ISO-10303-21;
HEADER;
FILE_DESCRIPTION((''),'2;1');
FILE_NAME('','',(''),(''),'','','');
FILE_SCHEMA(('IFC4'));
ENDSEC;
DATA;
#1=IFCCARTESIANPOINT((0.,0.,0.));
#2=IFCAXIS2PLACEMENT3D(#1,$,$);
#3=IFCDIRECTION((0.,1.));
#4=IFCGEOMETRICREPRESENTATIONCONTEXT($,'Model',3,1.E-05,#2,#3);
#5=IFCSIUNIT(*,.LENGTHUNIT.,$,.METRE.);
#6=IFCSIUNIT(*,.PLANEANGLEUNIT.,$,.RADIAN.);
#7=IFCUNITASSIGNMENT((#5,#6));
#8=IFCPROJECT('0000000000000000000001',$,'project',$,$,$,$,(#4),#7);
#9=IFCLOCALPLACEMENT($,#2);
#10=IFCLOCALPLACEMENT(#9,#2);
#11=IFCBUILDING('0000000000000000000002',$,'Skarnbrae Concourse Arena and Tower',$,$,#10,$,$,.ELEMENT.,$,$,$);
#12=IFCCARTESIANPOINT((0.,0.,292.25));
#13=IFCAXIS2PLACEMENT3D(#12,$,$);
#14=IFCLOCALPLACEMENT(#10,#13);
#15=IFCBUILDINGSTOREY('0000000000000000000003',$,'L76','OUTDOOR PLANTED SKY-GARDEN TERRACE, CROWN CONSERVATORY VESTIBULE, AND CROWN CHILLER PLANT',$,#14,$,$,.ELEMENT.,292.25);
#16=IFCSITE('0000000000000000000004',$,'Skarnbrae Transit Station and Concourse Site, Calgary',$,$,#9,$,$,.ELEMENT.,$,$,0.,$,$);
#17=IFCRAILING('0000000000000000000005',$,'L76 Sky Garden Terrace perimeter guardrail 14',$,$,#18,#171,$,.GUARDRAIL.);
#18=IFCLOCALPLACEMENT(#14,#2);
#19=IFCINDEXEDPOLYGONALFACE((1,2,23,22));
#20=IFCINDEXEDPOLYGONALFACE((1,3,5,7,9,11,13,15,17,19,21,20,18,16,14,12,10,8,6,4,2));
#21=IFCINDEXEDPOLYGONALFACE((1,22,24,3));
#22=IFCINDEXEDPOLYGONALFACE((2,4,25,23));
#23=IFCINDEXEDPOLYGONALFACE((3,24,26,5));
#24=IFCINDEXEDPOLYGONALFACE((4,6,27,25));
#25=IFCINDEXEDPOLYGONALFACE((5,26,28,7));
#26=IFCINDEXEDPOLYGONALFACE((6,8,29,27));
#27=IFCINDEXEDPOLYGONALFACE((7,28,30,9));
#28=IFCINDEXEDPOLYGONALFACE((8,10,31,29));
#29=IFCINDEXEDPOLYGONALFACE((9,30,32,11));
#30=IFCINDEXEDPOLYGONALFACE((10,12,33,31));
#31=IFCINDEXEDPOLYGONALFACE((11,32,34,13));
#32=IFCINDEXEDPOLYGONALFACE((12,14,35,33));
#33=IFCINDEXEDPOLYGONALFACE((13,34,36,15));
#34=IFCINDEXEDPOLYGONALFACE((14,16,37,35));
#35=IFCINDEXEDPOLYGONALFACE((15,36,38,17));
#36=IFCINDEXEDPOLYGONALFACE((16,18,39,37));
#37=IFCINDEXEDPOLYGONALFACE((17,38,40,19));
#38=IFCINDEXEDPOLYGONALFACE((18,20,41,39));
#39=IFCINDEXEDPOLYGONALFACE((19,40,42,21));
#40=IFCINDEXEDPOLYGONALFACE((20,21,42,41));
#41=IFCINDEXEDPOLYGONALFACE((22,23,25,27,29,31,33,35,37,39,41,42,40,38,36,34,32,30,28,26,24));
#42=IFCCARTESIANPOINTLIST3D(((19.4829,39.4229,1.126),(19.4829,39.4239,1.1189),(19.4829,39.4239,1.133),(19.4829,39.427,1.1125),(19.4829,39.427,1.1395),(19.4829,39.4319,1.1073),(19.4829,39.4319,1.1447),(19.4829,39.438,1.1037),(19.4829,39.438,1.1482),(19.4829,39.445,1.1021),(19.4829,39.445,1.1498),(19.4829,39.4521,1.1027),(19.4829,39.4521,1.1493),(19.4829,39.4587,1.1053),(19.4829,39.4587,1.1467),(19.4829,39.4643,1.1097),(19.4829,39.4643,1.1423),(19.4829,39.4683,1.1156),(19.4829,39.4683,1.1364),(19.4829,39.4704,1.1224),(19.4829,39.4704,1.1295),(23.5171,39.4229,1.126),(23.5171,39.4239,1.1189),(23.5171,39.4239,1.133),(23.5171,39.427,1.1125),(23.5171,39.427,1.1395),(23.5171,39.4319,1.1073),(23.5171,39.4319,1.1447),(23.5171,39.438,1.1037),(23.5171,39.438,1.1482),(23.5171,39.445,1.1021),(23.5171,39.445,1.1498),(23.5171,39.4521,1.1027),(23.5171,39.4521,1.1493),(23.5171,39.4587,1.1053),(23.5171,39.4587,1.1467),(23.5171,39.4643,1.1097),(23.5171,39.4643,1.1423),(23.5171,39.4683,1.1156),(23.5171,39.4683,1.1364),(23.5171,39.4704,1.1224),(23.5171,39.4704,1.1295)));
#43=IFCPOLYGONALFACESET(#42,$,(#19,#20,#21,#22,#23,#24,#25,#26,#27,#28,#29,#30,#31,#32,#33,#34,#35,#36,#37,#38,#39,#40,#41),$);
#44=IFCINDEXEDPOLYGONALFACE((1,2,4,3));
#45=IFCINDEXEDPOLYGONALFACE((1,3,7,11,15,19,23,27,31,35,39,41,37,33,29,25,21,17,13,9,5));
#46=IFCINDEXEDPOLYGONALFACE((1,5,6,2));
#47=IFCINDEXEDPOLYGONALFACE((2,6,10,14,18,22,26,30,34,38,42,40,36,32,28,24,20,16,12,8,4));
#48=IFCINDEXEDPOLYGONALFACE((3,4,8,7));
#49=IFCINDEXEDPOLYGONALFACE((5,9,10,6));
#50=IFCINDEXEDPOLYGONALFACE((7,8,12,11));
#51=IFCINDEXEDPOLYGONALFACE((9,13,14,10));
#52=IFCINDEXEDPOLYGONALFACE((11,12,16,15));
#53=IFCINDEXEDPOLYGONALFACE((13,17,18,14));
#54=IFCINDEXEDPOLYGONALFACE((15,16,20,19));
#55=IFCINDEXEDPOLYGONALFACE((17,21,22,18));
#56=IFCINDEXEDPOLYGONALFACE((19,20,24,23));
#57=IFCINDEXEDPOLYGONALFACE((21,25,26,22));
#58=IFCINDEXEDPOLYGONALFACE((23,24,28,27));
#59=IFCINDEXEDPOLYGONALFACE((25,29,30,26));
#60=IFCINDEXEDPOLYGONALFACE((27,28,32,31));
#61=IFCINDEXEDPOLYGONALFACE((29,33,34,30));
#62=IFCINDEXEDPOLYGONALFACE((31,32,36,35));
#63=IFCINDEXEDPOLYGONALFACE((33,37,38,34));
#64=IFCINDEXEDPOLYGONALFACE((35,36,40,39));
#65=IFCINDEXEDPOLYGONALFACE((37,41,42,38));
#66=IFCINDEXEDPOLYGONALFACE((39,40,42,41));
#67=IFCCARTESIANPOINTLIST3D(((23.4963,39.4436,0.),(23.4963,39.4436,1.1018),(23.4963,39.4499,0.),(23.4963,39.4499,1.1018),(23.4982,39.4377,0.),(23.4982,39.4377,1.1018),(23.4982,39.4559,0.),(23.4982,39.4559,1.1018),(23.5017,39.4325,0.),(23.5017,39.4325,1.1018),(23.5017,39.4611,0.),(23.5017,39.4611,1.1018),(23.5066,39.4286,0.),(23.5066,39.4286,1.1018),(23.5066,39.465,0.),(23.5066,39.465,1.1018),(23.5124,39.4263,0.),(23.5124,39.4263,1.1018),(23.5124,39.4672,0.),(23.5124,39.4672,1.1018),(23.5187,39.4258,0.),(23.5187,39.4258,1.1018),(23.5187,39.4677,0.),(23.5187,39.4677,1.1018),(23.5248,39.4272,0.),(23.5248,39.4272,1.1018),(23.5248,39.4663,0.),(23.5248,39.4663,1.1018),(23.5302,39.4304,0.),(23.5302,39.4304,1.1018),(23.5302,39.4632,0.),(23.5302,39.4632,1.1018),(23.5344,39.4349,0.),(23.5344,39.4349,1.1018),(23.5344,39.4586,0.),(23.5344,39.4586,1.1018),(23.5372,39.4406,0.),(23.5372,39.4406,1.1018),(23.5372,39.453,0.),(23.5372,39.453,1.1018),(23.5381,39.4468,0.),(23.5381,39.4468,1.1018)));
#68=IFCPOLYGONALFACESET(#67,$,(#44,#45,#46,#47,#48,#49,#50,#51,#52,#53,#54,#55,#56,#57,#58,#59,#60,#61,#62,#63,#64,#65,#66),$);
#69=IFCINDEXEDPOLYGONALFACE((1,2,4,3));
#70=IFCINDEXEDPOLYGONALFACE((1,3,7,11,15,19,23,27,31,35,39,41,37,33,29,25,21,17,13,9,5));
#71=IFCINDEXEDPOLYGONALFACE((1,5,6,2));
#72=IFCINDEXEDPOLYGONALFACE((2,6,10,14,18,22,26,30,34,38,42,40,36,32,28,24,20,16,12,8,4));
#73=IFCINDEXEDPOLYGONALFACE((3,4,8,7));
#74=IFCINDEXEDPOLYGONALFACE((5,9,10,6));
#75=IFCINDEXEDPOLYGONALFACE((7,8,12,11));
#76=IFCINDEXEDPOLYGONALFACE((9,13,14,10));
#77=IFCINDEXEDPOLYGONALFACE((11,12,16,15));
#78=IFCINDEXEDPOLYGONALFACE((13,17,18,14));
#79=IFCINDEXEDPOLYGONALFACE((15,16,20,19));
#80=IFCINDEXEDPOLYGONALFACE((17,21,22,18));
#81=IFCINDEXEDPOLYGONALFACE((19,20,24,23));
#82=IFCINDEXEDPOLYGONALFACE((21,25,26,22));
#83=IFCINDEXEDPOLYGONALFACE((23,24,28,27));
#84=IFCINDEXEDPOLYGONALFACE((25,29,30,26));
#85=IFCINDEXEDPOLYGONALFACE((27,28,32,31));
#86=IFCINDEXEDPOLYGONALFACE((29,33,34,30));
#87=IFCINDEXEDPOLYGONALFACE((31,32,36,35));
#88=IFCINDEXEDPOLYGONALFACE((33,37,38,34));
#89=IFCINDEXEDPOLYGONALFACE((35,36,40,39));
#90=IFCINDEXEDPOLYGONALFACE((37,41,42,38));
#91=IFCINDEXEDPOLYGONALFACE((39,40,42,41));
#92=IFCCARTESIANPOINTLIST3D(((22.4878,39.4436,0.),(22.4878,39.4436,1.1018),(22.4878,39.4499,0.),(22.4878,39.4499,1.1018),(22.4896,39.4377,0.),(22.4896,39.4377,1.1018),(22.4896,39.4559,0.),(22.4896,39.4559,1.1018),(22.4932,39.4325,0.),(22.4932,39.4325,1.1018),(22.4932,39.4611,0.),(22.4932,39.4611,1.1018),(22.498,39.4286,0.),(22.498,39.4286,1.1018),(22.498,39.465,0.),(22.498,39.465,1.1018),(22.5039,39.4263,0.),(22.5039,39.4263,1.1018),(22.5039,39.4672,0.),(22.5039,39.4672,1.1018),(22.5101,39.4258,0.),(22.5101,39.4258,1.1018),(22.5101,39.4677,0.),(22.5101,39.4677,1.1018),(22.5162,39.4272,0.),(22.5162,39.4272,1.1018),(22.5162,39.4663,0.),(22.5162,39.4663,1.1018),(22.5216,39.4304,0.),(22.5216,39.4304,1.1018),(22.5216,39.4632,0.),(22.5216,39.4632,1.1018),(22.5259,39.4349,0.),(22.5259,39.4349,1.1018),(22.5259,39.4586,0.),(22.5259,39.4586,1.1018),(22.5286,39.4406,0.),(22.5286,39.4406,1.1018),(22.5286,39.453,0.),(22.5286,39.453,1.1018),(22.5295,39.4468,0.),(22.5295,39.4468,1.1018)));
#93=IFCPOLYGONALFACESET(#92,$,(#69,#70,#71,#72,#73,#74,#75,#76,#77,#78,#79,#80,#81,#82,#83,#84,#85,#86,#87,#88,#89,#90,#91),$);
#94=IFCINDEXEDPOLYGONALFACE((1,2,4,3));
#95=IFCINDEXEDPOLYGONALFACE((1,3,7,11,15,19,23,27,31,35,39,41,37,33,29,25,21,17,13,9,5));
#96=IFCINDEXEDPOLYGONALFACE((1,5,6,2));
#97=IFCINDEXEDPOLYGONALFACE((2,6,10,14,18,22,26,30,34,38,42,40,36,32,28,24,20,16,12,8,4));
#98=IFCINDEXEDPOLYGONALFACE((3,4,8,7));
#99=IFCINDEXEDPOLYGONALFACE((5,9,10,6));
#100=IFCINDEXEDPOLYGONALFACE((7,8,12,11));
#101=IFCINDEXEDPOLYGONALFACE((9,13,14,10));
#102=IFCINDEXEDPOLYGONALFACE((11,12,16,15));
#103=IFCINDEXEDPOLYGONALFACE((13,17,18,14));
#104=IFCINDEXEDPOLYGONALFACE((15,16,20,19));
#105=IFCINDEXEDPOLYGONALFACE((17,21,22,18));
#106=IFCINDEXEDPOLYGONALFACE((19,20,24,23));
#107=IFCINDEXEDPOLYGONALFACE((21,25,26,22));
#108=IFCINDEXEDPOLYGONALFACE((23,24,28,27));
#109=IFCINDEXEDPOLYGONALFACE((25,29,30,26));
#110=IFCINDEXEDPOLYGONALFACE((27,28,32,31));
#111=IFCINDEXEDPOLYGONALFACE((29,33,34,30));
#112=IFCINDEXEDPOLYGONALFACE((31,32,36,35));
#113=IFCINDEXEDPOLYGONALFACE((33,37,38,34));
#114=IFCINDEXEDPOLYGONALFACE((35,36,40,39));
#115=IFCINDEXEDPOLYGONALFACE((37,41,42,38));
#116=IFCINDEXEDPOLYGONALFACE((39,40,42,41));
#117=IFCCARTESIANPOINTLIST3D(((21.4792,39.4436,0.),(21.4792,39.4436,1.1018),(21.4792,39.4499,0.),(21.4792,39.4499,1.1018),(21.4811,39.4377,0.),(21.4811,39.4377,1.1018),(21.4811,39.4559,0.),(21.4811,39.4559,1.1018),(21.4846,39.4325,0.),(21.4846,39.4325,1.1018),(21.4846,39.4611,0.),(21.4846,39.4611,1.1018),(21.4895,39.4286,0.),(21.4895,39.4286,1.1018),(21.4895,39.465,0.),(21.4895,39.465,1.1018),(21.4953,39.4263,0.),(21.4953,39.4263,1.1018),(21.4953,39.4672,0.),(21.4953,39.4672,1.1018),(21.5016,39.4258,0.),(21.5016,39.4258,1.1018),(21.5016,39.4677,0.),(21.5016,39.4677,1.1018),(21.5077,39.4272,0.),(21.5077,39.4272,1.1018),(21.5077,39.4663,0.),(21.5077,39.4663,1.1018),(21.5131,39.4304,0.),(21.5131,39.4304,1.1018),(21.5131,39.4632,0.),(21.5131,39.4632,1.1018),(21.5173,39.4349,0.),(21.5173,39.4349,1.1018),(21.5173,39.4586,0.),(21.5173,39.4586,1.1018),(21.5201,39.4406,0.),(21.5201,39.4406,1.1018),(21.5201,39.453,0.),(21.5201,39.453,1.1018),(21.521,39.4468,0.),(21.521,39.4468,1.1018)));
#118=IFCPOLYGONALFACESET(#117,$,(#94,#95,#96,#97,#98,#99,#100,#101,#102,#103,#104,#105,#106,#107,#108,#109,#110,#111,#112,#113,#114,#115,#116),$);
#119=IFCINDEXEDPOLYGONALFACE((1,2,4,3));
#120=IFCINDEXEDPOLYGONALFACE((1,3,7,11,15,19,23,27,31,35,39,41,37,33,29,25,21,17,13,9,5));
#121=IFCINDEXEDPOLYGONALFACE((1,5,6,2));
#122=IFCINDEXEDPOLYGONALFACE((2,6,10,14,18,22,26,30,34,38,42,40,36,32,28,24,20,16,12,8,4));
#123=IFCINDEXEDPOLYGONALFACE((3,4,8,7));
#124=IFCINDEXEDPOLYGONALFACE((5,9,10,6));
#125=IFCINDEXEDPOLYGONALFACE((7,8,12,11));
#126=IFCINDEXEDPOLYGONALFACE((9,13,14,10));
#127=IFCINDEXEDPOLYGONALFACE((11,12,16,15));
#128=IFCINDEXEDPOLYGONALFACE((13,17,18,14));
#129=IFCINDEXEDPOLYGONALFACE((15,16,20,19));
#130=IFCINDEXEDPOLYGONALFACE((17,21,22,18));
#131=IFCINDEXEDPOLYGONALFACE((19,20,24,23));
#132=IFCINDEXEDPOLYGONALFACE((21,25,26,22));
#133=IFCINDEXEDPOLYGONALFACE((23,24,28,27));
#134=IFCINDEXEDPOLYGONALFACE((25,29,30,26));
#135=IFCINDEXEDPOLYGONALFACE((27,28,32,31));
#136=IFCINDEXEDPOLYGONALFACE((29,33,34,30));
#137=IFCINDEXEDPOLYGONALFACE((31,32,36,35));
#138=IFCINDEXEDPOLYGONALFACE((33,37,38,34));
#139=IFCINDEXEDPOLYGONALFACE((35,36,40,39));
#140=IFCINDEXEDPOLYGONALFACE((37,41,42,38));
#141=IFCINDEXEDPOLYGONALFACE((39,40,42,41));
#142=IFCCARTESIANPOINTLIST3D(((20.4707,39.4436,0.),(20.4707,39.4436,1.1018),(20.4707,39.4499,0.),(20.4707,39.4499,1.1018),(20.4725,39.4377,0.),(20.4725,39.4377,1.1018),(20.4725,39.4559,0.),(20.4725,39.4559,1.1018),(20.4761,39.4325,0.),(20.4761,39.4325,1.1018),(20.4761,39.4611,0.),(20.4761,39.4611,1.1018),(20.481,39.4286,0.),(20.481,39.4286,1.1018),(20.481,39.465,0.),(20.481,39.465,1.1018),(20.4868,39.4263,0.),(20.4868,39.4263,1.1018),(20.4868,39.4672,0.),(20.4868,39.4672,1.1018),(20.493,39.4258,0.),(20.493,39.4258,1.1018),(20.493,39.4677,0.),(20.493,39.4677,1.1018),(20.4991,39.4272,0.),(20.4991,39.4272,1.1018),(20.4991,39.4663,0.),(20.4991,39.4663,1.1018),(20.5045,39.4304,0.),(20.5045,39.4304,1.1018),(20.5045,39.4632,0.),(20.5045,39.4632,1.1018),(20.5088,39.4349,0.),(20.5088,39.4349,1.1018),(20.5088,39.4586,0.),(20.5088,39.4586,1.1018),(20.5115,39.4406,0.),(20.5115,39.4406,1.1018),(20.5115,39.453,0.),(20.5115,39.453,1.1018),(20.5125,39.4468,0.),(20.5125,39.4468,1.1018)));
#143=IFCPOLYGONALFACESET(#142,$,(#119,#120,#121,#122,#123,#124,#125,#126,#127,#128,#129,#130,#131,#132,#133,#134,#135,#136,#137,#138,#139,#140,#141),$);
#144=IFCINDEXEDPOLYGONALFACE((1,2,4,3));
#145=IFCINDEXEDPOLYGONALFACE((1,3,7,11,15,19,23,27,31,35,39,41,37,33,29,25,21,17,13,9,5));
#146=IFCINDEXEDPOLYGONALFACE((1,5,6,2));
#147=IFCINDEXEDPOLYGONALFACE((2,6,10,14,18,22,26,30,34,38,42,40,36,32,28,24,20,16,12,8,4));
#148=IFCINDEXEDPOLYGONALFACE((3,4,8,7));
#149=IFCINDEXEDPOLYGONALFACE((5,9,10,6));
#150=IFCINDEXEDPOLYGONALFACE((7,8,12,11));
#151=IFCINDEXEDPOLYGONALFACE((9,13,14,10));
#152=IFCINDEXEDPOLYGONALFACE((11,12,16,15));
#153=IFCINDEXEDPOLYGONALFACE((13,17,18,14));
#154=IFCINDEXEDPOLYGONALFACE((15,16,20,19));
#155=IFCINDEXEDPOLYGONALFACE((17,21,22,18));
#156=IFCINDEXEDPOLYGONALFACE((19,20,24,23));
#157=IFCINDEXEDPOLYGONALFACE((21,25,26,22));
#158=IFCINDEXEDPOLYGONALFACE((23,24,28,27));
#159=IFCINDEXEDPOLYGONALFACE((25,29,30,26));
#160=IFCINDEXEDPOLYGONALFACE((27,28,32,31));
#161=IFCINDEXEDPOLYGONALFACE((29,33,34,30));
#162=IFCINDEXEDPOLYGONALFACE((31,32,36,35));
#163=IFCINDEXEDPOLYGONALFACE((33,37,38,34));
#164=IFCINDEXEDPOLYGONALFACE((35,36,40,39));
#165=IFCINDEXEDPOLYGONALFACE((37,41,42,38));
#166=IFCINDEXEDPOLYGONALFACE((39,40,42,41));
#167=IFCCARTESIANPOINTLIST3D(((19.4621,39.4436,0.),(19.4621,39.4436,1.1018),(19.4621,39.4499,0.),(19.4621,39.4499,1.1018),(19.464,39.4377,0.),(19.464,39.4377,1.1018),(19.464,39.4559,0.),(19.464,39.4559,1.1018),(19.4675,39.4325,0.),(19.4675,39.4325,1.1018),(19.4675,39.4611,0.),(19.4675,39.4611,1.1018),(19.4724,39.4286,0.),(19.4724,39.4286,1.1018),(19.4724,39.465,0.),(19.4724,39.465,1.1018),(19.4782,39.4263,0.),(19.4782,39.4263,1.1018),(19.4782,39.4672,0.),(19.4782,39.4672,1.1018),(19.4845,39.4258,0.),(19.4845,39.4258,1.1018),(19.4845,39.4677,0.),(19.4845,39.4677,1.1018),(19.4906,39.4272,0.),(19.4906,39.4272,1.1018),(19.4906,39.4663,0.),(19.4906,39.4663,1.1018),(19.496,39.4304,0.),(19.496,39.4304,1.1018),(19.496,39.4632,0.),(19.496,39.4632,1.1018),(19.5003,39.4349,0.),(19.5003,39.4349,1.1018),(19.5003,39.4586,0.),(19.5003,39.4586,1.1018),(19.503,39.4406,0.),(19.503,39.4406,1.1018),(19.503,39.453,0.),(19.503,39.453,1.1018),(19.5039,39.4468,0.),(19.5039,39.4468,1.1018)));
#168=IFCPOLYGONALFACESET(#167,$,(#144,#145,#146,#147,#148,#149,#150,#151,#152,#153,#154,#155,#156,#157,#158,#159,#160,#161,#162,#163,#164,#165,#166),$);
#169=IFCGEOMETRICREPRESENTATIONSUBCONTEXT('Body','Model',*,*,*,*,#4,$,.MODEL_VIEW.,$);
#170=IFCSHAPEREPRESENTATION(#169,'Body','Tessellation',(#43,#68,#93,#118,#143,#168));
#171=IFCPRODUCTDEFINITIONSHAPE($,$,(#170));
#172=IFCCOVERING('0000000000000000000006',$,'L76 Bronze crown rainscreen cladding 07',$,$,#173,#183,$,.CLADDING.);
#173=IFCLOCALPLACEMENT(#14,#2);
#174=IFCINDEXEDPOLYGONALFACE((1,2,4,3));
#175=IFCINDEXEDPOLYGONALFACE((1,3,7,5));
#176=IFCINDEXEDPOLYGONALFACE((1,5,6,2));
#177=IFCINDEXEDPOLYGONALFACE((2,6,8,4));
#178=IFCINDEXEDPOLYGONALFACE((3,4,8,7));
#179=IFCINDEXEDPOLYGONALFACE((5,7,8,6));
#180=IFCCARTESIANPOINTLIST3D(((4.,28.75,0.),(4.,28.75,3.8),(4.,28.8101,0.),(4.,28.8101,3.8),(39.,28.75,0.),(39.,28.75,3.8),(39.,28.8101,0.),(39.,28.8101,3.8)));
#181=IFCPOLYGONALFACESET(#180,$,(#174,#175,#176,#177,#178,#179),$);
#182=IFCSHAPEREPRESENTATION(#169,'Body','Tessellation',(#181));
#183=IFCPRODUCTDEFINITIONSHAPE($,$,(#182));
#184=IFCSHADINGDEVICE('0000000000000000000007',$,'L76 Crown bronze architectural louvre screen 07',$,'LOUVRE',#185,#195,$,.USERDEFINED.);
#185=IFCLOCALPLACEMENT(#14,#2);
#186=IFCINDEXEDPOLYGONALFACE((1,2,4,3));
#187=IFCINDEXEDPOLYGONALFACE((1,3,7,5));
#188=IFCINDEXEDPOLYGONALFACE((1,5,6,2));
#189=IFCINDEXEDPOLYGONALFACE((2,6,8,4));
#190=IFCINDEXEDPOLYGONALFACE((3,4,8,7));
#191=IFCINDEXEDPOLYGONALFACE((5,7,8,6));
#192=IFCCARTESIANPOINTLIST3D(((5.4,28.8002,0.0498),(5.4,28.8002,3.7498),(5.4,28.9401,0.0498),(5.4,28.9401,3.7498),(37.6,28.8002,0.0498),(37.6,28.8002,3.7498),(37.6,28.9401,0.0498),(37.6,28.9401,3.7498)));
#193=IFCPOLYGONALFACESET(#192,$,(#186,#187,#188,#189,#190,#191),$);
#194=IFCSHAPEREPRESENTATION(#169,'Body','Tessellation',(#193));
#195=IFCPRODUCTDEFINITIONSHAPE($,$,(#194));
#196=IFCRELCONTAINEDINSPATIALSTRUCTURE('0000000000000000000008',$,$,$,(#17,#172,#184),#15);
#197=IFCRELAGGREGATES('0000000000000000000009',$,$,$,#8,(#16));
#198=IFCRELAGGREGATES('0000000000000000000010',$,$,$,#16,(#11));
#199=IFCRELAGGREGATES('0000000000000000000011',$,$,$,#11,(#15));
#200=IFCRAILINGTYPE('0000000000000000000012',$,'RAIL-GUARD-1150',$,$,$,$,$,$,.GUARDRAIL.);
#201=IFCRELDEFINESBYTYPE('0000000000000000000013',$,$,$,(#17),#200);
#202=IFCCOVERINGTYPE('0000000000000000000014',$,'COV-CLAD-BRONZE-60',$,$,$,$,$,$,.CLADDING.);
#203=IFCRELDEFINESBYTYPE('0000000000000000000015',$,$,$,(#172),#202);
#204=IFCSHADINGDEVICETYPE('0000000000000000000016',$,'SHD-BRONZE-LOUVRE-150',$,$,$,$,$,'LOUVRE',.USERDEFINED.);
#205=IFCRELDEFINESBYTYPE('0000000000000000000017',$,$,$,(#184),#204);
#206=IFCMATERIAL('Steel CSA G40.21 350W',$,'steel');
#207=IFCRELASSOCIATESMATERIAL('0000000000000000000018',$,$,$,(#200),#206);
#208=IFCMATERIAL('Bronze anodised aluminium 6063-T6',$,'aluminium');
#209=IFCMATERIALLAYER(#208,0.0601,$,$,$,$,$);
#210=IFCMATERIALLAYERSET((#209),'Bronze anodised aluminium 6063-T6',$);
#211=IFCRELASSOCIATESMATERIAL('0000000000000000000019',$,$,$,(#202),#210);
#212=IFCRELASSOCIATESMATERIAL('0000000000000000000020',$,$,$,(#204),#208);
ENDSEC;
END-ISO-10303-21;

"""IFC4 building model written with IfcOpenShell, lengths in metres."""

from ifc_helpers import new_model, si_unit, direction, frame, origin, origin_2d, place, context, subcontext, project, spatial, rectangle, circle, extrude, source, transform, mapped, material, layer, layer_set, type_object, element, save


model = new_model("IFC4")

# Units and contexts
model_context = context("Model", 3, precision=1e-05, world=origin(), true_north=direction((0.0, 1.0)))
body_context = subcontext(model_context, "Body", "Model", "MODEL_VIEW")
ifc_project = project(units=[si_unit("LENGTHUNIT", "METRE"), si_unit("PLANEANGLEUNIT", "RADIAN")], contexts=[model_context])

# Site, building, storey
site_placement = place(None, origin())
site = spatial("IfcSite", under=ifc_project, at=site_placement, Name="Skarnbrae Transit Station and Concourse Site, Calgary", CompositionType="ELEMENT", RefElevation=0.0)
building_placement = place(site_placement, origin())
building = spatial("IfcBuilding", under=site, at=building_placement, Name="Skarnbrae Concourse Arena and Tower", CompositionType="ELEMENT")
storey_placement = place(building_placement, frame((0.0, 0.0, 292.25)))
storey = spatial("IfcBuildingStorey", under=building, at=storey_placement, Name="L76", Description="OUTDOOR PLANTED SKY-GARDEN TERRACE, CROWN CONSERVATORY VESTIBULE, AND CROWN CHILLER PLANT", CompositionType="ELEMENT", Elevation=292.25)

# Shared definitions
ifc_material_1 = material(Name="Steel CSA G40.21 350W", Category="steel")

# Railing
railing_type = type_object("IfcRailingType", Name="RAIL-GUARD-1150", PredefinedType="GUARDRAIL", material=ifc_material_1)
railing_1_placement = place(storey_placement, frame((23.5171, 39.4468, 0.0)))
element("IfcRailing", 1, at=railing_1_placement, inside=storey, type_object=railing_type, Name="L76 Sky Garden Terrace perimeter guardrail 14", PredefinedType="GUARDRAIL", context=body_context, shape_type="SweptSolid", body=[
    extrude(circle(Radius=0.0239, at=origin_2d()), frame((0.0, 0.0, 1.126), z_axis=(-1.0, 0.0, 0.0), x_axis=(0.0, -1.0, 0.0)), (0.0, 0.0, 1.0), 4.0342),
    extrude(circle(Radius=0.021, at=origin_2d()), origin(), (0.0, 0.0, 1.0), 1.1018),
    extrude(circle(Radius=0.021, at=origin_2d()), frame((-1.0085, 0.0, 0.0)), (0.0, 0.0, 1.0), 1.1018),
    extrude(circle(Radius=0.021, at=origin_2d()), frame((-2.0171, 0.0, 0.0)), (0.0, 0.0, 1.0), 1.1018),
    extrude(circle(Radius=0.021, at=origin_2d()), frame((-3.0256, 0.0, 0.0)), (0.0, 0.0, 1.0), 1.1018),
    extrude(circle(Radius=0.021, at=origin_2d()), frame((-4.0342, 0.0, 0.0)), (0.0, 0.0, 1.0), 1.1018),
])

# Covering
ifc_material_2 = material(Name="Bronze anodised aluminium 6063-T6", Category="aluminium")
ifc_layer_1 = layer(ifc_material_2, 0.0601)
ifc_layer_set_1 = layer_set([ifc_layer_1], Name="Bronze anodised aluminium 6063-T6")
covering_type = type_object("IfcCoveringType", Name="COV-CLAD-BRONZE-60", PredefinedType="CLADDING", material=ifc_layer_set_1)
shared_shape_1 = source(origin(), body_context, "Body", "SweptSolid", [
    extrude(rectangle(XDim=35.0, YDim=0.0601, at=origin_2d()), origin(), (0.0, 0.0, 1.0), 3.8),
])
covering_placement = place(storey_placement, frame((21.5, 28.78, 0.0), z_axis=(0.0, 0.0, 1.0), x_axis=(-1.0, 0.0, 0.0)))
element("IfcCovering", 2, at=covering_placement, inside=storey, type_object=covering_type, Name="L76 Bronze crown rainscreen cladding 07", PredefinedType="CLADDING", context=body_context, shape_type="MappedRepresentation", body=[
    mapped(shared_shape_1, transform((0.0, 0.0, 0.0))),
])

# Shading device
shading_device_type = type_object("IfcShadingDeviceType", Name="SHD-BRONZE-LOUVRE-150", ElementType="LOUVRE", PredefinedType="USERDEFINED", material=ifc_material_2)
shared_shape_2 = source(origin(), body_context, "Body", "SweptSolid", [
    extrude(rectangle(XDim=32.2, YDim=0.1399, at=origin_2d()), origin(), (0.0, 0.0, 1.0), 3.7),
])
shading_device_placement = place(storey_placement, frame((21.5, 28.8701, 0.0498), z_axis=(0.0, 0.0, 1.0), x_axis=(-1.0, 0.0, 0.0)))
element("IfcShadingDevice", 3, at=shading_device_placement, inside=storey, type_object=shading_device_type, Name="L76 Crown bronze architectural louvre screen 07", ObjectType="LOUVRE", PredefinedType="USERDEFINED", context=body_context, shape_type="MappedRepresentation", body=[
    mapped(shared_shape_2, transform((0.0, 0.0, 0.0))),
])

save(model, "model.ifc")
